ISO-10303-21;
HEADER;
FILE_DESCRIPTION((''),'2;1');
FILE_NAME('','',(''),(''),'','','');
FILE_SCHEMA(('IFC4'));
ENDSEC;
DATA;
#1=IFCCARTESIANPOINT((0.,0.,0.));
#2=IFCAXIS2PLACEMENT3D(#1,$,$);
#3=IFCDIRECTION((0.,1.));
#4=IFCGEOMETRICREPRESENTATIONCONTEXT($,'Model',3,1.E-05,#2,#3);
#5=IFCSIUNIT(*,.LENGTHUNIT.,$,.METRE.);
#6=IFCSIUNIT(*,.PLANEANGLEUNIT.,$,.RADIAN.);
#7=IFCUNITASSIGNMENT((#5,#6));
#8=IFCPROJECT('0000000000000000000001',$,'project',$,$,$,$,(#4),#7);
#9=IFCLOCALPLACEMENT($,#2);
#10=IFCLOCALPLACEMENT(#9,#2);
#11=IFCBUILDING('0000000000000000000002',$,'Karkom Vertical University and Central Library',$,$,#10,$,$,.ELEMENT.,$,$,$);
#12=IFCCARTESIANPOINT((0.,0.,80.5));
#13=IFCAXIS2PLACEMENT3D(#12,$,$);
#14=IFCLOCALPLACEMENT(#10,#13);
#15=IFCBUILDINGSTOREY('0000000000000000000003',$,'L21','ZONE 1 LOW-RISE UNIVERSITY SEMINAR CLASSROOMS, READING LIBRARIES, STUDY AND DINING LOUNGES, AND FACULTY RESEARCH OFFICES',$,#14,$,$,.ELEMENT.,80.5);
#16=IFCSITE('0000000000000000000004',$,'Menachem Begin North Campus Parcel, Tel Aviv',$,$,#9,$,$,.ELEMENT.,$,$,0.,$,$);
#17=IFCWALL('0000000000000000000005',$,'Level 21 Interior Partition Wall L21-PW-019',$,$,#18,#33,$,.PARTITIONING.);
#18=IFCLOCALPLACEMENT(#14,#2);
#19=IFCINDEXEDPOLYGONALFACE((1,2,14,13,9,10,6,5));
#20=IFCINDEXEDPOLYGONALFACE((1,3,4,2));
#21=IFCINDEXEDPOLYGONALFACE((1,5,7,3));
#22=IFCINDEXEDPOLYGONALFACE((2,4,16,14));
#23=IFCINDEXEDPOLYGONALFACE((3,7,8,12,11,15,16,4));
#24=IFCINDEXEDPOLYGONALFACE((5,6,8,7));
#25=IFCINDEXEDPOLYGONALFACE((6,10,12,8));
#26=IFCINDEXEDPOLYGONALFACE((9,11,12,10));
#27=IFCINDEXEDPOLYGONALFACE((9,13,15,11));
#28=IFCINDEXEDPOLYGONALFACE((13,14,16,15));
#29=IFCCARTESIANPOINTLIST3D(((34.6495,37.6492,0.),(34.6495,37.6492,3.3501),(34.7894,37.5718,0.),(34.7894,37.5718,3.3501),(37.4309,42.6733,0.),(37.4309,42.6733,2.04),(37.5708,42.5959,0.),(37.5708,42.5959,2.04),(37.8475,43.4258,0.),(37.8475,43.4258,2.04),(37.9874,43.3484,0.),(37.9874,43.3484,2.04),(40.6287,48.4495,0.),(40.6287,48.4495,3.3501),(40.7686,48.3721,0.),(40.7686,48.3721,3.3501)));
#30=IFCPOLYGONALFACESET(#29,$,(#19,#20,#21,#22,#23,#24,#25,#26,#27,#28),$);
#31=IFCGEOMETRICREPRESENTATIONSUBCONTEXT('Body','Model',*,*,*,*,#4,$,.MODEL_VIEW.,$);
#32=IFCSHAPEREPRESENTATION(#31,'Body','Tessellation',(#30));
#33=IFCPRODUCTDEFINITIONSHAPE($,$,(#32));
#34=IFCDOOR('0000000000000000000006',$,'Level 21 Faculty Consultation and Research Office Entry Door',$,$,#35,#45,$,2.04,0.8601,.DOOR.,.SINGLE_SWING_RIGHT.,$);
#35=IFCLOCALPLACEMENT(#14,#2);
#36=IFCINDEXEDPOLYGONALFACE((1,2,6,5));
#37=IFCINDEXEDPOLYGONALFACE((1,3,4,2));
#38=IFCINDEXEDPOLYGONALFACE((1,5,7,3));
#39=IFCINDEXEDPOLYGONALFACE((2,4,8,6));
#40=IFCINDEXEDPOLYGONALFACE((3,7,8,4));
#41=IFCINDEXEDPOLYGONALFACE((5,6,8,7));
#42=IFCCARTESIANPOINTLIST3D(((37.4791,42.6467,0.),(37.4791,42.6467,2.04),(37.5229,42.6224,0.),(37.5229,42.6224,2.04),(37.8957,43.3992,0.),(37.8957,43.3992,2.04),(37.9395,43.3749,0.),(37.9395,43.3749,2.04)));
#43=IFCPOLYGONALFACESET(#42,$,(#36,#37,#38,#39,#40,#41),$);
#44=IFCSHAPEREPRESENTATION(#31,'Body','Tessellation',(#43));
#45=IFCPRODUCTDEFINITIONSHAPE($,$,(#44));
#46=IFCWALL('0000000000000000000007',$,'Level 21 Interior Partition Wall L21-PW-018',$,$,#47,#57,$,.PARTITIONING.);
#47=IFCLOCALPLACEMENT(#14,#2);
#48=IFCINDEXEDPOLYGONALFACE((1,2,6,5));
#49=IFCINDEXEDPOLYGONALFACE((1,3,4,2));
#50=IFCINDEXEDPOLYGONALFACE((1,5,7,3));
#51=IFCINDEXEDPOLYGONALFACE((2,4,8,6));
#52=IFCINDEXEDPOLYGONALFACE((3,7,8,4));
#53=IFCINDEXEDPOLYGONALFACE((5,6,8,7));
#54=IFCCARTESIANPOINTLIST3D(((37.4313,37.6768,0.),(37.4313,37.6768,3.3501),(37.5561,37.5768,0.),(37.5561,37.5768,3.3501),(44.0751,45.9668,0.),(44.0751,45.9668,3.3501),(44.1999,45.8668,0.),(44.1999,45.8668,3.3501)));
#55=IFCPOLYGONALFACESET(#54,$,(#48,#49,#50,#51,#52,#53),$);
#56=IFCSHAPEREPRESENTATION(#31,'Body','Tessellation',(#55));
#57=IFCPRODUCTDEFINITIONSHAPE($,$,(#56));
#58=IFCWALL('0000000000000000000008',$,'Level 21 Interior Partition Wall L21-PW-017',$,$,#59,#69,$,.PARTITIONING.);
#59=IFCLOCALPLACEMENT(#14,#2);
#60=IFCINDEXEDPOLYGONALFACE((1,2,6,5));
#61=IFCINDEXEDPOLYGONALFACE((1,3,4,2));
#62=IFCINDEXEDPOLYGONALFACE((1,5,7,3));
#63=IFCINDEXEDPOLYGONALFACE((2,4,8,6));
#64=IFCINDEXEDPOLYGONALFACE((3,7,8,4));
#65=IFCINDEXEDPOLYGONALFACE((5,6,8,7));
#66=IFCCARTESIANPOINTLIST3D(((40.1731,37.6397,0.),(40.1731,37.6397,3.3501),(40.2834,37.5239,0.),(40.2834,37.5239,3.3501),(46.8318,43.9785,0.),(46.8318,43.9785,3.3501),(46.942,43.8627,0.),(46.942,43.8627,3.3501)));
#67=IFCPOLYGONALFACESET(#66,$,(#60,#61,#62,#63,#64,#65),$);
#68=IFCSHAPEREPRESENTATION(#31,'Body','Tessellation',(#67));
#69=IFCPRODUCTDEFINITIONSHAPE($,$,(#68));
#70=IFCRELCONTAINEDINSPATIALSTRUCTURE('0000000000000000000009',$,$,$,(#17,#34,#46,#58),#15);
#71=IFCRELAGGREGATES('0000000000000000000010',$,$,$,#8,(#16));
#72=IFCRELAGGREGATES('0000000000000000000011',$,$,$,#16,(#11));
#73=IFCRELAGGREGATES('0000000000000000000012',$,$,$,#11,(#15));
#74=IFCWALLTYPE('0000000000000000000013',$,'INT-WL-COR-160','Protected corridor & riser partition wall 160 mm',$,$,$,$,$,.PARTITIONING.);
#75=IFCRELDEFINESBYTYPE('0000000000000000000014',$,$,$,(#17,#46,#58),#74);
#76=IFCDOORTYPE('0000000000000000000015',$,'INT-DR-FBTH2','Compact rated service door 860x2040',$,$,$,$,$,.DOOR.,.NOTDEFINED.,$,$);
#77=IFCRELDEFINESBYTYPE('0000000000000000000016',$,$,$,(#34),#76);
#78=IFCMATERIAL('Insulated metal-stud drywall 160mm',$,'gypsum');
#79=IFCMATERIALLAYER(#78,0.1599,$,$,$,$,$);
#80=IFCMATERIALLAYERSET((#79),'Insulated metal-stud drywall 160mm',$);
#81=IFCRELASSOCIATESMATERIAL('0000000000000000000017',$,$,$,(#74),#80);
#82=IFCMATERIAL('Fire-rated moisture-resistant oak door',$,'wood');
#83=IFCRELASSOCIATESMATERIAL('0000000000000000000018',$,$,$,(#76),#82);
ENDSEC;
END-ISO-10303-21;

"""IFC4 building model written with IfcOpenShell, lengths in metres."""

from ifc_helpers import new_model, si_unit, direction, frame, frame_2d, origin, origin_with_axes, place, context, subcontext, project, spatial, rectangle, extrude, source, transform, mapped, material, layer, layer_set, type_object, element, fill, save


model = new_model("IFC4")

# Units and contexts
model_context = context("Model", 3, precision=1e-05, world=origin(), true_north=direction((0.0, 1.0)))
body_context = subcontext(model_context, "Body", "Model", "MODEL_VIEW")
ifc_project = project(units=[si_unit("LENGTHUNIT", "METRE"), si_unit("PLANEANGLEUNIT", "RADIAN")], contexts=[model_context])

# Site, building, storey
site_placement = place(None, origin())
site = spatial("IfcSite", under=ifc_project, at=site_placement, Name="Menachem Begin North Campus Parcel, Tel Aviv", CompositionType="ELEMENT", RefElevation=0.0)
building_placement = place(site_placement, origin())
building = spatial("IfcBuilding", under=site, at=building_placement, Name="Karkom Vertical University and Central Library", CompositionType="ELEMENT")
storey_placement = place(building_placement, frame((0.0, 0.0, 80.5)))
storey = spatial("IfcBuildingStorey", under=building, at=storey_placement, Name="L21", Description="ZONE 1 LOW-RISE UNIVERSITY SEMINAR CLASSROOMS, READING LIBRARIES, STUDY AND DINING LOUNGES, AND FACULTY RESEARCH OFFICES", CompositionType="ELEMENT", Elevation=80.5)

# Shared definitions
ifc_material_1 = material(Name="Insulated metal-stud drywall 160mm", Category="gypsum")
ifc_layer_1 = layer(ifc_material_1, 0.1599)
ifc_layer_set_1 = layer_set([ifc_layer_1], Name="Insulated metal-stud drywall 160mm")
wall_type_1 = type_object("IfcWallType", Name="INT-WL-COR-160", Description="Protected corridor & riser partition wall 160 mm", PredefinedType="PARTITIONING", material=ifc_layer_set_1)

# Wall, opening, door
wall_1_placement = place(storey_placement, frame((34.7195, 37.6106, 0.0), z_axis=(0.0, 0.0, 1.0), x_axis=(0.484348, 0.874876, 0.0)))
wall_1 = element("IfcWall", 1, at=wall_1_placement, inside=storey, type_object=wall_type_1, Name="Level 21 Interior Partition Wall L21-PW-019", PredefinedType="PARTITIONING", context=body_context, shape_type="SweptSolid", body=[
    extrude(rectangle(XDim=12.345, YDim=0.1599, at=frame_2d((6.1724, 0.0))), origin(), (0.0, 0.0, 1.0), 3.3501),
])
opening_1_placement = place(wall_1_placement, frame((5.7424, 0.0, 0.0)))
opening_1 = element("IfcOpeningElement", 2, at=opening_1_placement, cuts=wall_1, PredefinedType="OPENING", context=body_context, shape_type="SweptSolid", body=[
    extrude(rectangle(XDim=0.8601, YDim=2.04, at=frame_2d((0.4302, 1.02))), frame((0.0, 0.0898, 0.0), z_axis=(0.0, -1.0, 0.0), x_axis=(1.0, 0.0, 0.0)), (0.0, 0.0, 1.0), 0.1799),
])
ifc_material_2 = material(Name="Fire-rated moisture-resistant oak door", Category="wood")
door_type_1 = type_object("IfcDoorType", Name="INT-DR-FBTH2", Description="Compact rated service door 860x2040", OperationType="NOTDEFINED", PredefinedType="DOOR", material=ifc_material_2)
shared_shape_1 = source(origin_with_axes(), body_context, "Body", "SweptSolid", [
    extrude(rectangle(XDim=0.8601, YDim=2.04, at=frame_2d((0.4302, 1.02))), frame((0.0, 0.0249, 0.0), z_axis=(0.0, -1.0, 0.0), x_axis=(1.0, 0.0, 0.0)), (0.0, 0.0, 1.0), 0.05),
])
door_1_placement = place(opening_1_placement, origin())
door_1 = element("IfcDoor", 3, at=door_1_placement, inside=storey, type_object=door_type_1, Name="Level 21 Faculty Consultation and Research Office Entry Door", OperationType="SINGLE_SWING_RIGHT", OverallHeight=2.04, OverallWidth=0.8601, PredefinedType="DOOR", context=body_context, shape_type="MappedRepresentation", body=[
    mapped(shared_shape_1, transform((0.0, 0.0, 0.0), scale=1.0)),
])
fill(opening_1, door_1)

# Walls
wall_2_placement = place(storey_placement, frame((37.4937, 37.6267, 0.0), z_axis=(0.0, 0.0, 1.0), x_axis=(0.62537, 0.780328, 0.0)))
element("IfcWall", 4, at=wall_2_placement, inside=storey, type_object=wall_type_1, Name="Level 21 Interior Partition Wall L21-PW-018", PredefinedType="PARTITIONING", context=body_context, shape_type="SweptSolid", body=[
    extrude(rectangle(XDim=10.6238, YDim=0.1599, at=frame_2d((5.312, 0.0))), origin(), (0.0, 0.0, 1.0), 3.3501),
])
wall_3_placement = place(storey_placement, frame((40.2283, 37.5818, 0.0), z_axis=(0.0, 0.0, 1.0), x_axis=(0.724287, 0.689499, 0.0)))
element("IfcWall", 5, at=wall_3_placement, inside=storey, type_object=wall_type_1, Name="Level 21 Interior Partition Wall L21-PW-017", PredefinedType="PARTITIONING", context=body_context, shape_type="SweptSolid", body=[
    extrude(rectangle(XDim=9.1934, YDim=0.1599, at=frame_2d((4.5967, 0.0))), origin(), (0.0, 0.0, 1.0), 3.3501),
])

save(model, "model.ifc")
